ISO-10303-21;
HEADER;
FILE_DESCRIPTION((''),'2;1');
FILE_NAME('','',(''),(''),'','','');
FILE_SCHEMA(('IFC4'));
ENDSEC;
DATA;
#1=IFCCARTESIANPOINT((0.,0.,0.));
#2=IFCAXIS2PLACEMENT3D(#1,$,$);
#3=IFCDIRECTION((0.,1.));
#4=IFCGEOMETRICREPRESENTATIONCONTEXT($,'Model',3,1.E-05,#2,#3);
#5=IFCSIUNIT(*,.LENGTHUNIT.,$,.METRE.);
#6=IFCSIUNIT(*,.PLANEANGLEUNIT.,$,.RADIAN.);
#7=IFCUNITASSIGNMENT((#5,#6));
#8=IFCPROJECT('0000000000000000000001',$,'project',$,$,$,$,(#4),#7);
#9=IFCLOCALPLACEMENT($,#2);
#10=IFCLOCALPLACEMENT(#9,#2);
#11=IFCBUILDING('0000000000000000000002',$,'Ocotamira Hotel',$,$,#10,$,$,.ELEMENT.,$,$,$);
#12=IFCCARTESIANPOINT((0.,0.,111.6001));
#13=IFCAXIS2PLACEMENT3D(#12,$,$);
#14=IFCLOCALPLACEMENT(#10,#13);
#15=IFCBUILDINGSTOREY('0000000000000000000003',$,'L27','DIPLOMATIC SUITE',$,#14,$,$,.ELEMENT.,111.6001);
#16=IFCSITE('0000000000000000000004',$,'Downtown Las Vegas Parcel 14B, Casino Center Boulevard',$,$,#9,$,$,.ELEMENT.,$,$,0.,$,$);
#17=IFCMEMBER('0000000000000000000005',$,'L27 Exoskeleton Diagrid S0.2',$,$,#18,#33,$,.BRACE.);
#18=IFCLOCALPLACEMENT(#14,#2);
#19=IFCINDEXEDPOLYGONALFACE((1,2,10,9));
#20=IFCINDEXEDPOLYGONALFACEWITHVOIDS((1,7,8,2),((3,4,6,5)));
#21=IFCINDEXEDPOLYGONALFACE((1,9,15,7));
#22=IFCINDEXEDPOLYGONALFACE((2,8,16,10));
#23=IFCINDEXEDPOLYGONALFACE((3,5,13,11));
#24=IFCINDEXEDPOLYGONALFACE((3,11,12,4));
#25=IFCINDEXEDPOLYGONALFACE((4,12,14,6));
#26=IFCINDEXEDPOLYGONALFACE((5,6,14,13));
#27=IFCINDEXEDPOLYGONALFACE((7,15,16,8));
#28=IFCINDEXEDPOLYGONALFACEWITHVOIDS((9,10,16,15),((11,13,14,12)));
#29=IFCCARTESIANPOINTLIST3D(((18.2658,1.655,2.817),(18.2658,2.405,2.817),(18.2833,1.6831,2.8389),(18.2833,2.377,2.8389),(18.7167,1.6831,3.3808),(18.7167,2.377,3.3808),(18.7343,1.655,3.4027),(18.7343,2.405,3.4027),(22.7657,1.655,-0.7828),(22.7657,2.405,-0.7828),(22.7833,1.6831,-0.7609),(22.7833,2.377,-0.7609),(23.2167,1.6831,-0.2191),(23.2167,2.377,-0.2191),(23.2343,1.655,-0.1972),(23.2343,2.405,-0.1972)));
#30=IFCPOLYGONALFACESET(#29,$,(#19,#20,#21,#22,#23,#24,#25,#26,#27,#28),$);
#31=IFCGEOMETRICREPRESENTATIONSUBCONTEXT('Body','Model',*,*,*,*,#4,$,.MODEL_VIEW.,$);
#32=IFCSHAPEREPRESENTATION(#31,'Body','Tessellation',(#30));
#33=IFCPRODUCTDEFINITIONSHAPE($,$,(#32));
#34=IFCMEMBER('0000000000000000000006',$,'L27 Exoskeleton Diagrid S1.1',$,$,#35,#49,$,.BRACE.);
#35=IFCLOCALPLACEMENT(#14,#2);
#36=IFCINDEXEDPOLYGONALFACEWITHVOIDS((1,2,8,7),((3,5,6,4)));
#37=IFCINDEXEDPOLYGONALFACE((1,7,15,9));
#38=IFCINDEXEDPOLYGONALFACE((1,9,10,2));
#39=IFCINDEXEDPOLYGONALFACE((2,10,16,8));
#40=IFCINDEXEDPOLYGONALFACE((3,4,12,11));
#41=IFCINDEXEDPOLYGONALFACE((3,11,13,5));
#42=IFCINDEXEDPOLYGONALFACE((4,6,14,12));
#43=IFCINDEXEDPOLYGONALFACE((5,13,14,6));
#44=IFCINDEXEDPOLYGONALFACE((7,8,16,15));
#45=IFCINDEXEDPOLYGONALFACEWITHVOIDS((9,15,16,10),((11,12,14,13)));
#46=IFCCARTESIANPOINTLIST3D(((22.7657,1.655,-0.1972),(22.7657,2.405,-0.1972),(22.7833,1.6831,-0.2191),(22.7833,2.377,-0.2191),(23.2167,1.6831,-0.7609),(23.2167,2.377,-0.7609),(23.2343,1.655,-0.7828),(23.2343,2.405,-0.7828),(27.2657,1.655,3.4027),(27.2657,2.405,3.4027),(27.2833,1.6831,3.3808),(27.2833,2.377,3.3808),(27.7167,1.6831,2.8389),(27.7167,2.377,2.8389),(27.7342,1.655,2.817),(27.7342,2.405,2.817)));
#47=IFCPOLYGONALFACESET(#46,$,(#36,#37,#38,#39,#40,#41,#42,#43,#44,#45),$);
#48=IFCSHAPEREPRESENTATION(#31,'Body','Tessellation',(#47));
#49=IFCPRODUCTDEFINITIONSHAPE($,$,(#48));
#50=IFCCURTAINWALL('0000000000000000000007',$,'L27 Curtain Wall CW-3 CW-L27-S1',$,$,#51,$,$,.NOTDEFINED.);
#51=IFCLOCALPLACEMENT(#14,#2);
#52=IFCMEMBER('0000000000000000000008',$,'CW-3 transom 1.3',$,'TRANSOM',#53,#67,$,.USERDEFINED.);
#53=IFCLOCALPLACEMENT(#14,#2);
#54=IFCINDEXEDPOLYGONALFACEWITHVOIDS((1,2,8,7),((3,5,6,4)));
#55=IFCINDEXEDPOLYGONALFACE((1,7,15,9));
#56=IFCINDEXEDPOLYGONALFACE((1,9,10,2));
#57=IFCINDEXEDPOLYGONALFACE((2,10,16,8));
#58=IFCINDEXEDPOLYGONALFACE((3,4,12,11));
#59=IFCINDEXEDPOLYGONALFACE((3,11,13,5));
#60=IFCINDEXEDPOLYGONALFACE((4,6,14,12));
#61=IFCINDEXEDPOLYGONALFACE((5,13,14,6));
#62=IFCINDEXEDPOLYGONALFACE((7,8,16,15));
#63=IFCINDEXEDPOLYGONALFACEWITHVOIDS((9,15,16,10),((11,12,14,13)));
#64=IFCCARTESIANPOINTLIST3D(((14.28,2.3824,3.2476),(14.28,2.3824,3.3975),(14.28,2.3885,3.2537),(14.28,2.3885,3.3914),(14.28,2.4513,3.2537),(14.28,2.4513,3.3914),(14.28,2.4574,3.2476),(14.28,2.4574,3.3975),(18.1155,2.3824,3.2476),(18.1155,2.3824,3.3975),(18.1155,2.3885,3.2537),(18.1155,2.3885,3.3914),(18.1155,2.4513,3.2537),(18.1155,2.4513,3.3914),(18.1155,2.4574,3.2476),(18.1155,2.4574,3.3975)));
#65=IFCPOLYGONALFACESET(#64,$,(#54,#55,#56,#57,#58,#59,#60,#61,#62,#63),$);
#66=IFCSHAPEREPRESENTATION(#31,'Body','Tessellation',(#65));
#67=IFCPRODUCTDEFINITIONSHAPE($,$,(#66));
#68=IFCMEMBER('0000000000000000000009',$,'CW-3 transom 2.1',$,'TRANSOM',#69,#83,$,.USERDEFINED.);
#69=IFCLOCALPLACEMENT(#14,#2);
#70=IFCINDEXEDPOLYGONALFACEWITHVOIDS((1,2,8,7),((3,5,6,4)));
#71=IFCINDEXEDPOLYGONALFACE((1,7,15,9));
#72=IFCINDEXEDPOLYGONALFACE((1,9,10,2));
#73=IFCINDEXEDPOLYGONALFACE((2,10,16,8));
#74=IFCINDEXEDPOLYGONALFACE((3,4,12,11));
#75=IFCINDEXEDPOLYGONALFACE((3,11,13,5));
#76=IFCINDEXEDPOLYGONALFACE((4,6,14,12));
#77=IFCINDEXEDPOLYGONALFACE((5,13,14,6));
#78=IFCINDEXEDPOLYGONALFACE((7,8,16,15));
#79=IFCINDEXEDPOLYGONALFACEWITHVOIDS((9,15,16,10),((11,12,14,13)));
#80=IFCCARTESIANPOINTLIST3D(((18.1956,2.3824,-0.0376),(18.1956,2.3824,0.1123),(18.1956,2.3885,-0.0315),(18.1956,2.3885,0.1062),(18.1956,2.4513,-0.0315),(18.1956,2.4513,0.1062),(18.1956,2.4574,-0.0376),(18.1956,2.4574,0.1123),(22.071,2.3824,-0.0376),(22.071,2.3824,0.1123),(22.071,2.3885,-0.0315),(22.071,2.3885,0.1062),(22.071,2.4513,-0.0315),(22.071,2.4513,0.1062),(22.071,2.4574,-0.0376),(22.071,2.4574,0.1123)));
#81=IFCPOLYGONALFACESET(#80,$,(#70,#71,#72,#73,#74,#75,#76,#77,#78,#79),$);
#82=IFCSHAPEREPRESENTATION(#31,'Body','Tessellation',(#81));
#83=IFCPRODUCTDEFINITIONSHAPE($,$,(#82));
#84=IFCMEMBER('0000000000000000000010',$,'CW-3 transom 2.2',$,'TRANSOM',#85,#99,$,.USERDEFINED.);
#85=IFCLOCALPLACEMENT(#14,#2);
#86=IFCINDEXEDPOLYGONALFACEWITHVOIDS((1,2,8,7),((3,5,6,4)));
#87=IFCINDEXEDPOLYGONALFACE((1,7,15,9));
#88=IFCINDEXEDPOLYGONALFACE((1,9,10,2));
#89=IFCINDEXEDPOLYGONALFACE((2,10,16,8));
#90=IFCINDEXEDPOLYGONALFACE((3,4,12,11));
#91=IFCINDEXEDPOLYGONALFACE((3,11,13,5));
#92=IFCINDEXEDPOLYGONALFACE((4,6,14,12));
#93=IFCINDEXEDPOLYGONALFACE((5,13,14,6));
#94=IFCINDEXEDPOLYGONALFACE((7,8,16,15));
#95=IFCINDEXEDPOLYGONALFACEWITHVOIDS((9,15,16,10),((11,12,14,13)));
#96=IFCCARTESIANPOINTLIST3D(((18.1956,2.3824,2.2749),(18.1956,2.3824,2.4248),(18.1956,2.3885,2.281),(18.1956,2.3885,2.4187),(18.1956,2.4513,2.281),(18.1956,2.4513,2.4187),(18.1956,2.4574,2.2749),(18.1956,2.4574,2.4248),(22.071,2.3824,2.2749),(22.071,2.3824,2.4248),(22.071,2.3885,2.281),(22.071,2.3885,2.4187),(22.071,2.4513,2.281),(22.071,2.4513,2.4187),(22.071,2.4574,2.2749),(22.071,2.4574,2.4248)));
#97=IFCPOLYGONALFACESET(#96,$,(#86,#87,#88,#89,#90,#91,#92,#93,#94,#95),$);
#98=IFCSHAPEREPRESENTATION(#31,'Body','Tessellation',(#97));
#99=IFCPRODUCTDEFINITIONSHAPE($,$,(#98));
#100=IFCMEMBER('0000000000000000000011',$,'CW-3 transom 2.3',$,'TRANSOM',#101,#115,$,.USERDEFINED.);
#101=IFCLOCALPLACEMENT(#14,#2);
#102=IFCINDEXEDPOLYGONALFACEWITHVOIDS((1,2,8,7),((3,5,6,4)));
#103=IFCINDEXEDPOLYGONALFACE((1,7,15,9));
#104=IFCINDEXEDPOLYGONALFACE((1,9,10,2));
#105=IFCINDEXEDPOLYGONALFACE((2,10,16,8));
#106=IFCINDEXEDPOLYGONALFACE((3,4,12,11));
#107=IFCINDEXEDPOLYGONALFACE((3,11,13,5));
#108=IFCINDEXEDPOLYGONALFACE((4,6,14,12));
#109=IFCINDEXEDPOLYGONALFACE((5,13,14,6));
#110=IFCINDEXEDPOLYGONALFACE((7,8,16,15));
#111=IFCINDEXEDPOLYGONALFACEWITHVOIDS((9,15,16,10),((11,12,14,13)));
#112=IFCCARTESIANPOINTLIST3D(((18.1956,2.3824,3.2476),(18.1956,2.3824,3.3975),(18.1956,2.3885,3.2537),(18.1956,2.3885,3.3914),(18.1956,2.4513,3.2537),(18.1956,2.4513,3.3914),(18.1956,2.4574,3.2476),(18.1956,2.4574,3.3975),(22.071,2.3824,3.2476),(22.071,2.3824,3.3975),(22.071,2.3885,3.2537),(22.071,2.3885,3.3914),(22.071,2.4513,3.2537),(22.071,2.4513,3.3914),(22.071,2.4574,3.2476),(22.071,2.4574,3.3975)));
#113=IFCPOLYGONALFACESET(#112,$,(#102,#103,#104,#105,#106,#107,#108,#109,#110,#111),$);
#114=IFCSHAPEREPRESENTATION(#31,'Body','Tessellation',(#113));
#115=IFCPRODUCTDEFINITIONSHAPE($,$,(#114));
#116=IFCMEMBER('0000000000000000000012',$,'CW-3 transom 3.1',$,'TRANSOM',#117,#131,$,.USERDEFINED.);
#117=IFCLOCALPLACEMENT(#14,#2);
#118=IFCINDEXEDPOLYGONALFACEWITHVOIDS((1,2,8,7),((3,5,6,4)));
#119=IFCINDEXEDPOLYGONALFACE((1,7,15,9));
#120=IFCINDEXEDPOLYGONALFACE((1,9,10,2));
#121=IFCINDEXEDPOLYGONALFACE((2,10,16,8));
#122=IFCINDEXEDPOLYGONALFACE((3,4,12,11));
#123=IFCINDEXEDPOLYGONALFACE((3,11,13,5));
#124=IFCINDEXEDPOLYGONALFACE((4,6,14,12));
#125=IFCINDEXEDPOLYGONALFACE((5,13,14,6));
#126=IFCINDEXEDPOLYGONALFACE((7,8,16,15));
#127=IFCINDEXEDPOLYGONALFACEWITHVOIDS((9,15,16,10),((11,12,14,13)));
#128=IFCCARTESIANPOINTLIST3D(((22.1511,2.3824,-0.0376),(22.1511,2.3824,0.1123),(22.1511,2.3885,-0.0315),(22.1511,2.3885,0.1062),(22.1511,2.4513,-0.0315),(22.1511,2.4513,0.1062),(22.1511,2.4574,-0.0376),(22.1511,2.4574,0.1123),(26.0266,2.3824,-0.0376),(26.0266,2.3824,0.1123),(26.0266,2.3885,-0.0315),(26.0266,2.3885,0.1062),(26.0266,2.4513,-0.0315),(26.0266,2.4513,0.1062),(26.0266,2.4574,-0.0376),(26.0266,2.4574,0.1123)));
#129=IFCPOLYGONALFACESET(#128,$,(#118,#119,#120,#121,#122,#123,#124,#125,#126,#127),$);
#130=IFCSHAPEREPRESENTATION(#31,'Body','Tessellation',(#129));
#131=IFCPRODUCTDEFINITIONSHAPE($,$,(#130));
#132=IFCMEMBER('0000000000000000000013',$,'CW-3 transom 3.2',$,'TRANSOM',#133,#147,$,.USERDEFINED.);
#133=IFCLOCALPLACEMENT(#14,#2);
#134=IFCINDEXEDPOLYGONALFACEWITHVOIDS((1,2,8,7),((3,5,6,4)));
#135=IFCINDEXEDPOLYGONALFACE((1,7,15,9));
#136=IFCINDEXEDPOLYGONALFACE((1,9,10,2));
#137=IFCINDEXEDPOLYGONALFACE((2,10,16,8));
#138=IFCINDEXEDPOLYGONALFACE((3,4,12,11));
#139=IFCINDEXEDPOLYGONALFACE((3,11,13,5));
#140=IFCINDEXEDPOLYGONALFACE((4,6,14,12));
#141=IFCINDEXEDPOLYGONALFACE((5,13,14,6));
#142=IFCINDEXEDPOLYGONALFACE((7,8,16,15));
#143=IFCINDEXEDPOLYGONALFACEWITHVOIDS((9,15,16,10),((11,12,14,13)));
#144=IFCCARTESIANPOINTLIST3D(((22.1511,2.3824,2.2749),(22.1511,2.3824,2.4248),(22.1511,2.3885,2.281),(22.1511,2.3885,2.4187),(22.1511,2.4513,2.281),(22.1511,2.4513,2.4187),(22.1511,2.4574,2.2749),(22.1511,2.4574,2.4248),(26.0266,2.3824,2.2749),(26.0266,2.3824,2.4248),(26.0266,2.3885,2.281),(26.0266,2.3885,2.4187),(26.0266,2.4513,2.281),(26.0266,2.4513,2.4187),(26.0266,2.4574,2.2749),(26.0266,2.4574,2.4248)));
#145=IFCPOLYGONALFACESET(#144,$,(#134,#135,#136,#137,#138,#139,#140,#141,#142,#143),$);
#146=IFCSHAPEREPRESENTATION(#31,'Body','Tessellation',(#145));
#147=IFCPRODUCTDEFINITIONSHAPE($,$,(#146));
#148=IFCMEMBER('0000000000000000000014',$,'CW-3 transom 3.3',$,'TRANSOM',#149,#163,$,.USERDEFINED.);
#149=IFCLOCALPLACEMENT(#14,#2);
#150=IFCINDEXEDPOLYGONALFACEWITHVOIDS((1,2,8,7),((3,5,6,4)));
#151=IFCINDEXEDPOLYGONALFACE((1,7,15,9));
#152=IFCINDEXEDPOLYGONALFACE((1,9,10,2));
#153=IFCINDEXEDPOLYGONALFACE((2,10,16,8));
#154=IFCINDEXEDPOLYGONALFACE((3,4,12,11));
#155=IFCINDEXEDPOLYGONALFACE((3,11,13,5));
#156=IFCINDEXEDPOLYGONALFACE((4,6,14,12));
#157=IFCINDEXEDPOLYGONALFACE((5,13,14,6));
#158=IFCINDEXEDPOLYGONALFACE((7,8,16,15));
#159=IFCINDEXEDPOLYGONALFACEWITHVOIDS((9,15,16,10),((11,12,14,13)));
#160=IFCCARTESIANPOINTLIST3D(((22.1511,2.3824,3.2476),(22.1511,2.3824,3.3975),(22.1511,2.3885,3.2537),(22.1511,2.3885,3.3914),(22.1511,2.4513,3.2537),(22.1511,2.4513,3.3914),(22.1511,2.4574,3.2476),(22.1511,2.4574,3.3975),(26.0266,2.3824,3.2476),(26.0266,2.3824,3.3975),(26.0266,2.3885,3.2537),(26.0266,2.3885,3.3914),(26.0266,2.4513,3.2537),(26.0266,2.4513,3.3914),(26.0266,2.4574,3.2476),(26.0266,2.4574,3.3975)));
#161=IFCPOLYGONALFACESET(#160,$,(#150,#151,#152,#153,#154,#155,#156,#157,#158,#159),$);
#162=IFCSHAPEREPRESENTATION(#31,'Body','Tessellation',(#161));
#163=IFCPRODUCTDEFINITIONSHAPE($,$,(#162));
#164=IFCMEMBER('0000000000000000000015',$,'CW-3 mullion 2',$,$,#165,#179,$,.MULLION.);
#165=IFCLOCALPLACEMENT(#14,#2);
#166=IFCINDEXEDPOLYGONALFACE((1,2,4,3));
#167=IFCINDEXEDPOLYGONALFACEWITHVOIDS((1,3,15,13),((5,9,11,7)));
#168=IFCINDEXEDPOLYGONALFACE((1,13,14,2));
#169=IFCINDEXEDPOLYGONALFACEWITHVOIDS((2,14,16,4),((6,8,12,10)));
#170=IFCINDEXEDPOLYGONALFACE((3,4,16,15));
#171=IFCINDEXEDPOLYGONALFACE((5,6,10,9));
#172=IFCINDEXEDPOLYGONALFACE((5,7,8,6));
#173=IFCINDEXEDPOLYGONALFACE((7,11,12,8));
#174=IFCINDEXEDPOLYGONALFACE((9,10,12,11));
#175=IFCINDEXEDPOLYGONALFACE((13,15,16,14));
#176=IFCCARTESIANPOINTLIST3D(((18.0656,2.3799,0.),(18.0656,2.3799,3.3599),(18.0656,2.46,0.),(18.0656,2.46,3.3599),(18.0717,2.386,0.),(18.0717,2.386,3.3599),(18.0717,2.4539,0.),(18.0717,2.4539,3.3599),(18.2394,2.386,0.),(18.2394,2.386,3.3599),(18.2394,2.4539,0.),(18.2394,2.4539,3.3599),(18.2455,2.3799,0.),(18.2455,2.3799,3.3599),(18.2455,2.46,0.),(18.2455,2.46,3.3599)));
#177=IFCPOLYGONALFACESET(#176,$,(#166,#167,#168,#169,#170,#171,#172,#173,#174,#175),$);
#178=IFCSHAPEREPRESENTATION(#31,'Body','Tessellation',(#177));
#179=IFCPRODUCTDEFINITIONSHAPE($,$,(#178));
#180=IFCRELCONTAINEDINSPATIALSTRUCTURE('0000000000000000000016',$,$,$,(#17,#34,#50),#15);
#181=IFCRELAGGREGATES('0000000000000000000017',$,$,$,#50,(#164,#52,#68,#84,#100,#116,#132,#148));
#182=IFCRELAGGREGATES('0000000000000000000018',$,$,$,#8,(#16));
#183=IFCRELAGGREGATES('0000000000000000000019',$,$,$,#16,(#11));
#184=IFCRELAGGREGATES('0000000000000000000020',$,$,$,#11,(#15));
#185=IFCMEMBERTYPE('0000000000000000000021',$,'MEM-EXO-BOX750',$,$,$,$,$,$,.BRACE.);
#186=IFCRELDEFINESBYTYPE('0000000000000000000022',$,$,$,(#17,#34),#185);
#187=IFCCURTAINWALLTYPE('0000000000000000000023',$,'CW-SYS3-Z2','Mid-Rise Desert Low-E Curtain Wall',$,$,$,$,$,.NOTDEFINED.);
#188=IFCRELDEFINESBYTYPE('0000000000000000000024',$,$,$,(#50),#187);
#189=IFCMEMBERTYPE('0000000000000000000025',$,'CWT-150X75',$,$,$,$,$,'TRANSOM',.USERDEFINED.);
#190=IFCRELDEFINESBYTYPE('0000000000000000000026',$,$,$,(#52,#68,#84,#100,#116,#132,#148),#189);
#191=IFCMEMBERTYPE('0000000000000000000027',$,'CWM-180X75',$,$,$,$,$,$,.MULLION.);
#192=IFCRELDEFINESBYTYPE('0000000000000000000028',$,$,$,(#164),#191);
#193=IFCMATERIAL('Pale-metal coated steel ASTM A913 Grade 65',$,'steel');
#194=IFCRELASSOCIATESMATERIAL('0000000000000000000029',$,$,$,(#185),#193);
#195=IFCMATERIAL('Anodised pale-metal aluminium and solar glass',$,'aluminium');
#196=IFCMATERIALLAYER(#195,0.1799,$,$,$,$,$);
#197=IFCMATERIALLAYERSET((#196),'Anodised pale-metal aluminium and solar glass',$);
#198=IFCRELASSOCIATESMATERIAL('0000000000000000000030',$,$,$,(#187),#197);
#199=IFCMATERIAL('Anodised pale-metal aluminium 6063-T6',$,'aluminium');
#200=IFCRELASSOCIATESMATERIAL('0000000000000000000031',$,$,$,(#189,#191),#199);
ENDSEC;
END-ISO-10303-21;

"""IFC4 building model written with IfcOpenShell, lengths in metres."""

from ifc_helpers import new_model, si_unit, direction, frame, origin, origin_2d, place, context, subcontext, project, spatial, hollow_rectangle, extrude, source, transform, mapped, material, layer, layer_set, material_profile, profile_set, type_object, element, aggregate, save


model = new_model("IFC4")

# Units and contexts
model_context = context("Model", 3, precision=1e-05, world=origin(), true_north=direction((0.0, 1.0)))
body_context = subcontext(model_context, "Body", "Model", "MODEL_VIEW")
ifc_project = project(units=[si_unit("LENGTHUNIT", "METRE"), si_unit("PLANEANGLEUNIT", "RADIAN")], contexts=[model_context])

# Site, building, storey
site_placement = place(None, origin())
site = spatial("IfcSite", under=ifc_project, at=site_placement, Name="Downtown Las Vegas Parcel 14B, Casino Center Boulevard", CompositionType="ELEMENT", RefElevation=0.0)
building_placement = place(site_placement, origin())
building = spatial("IfcBuilding", under=site, at=building_placement, Name="Ocotamira Hotel", CompositionType="ELEMENT")
storey_placement = place(building_placement, frame((0.0, 0.0, 111.6001)))
storey = spatial("IfcBuildingStorey", under=building, at=storey_placement, Name="L27", Description="DIPLOMATIC SUITE", CompositionType="ELEMENT", Elevation=111.6001)

# Members
ifc_material_1 = material(Name="Pale-metal coated steel ASTM A913 Grade 65", Category="steel")
ifc_material_profile_1 = material_profile(ifc_material_1, hollow_rectangle(XDim=0.75, YDim=0.75, WallThickness=0.0281, at=origin_2d()), Name="BOX750X750X28")
ifc_profile_set_1 = profile_set([ifc_material_profile_1], Name="Pale-metal coated steel ASTM A913 Grade 65")
member_type_1 = type_object("IfcMemberType", Name="MEM-EXO-BOX750", PredefinedType="BRACE", material=ifc_profile_set_1)
shared_shape_1 = source(origin(), body_context, "Body", "SweptSolid", [
    extrude(hollow_rectangle(XDim=0.75, YDim=0.75, WallThickness=0.0281, at=origin_2d()), origin(), (0.0, 0.0, 1.0), 5.7627),
])
for number, where, z_axis, x_axis, name in (
    (1, (23.0, 2.03, -0.49), (-0.780881, 0.0, 0.62468), (0.0, -1.0, 0.0), "L27 Exoskeleton Diagrid S0.2"),
    (2, (23.0, 2.03, -0.49), (0.780881, 0.0, 0.62468), (0.0, 1.0, 0.0), "L27 Exoskeleton Diagrid S1.1"),
):
    element("IfcMember", number, at=place(storey_placement, frame(where, z_axis=z_axis, x_axis=x_axis)), inside=storey, type_object=member_type_1, Name=name, PredefinedType="BRACE", context=body_context, shape_type="MappedRepresentation", body=[
        mapped(shared_shape_1, transform((0.0, 0.0, 0.0), scale=1.0)),
    ])

# Curtain wall, members
ifc_material_2 = material(Name="Anodised pale-metal aluminium and solar glass", Category="aluminium")
ifc_layer_1 = layer(ifc_material_2, 0.1799)
ifc_layer_set_1 = layer_set([ifc_layer_1], Name="Anodised pale-metal aluminium and solar glass")
curtain_wall_type = type_object("IfcCurtainWallType", Name="CW-SYS3-Z2", Description="Mid-Rise Desert Low-E Curtain Wall", PredefinedType="NOTDEFINED", material=ifc_layer_set_1)
curtain_wall_placement = place(storey_placement, origin())
curtain_wall = element("IfcCurtainWall", 3, at=curtain_wall_placement, inside=storey, type_object=curtain_wall_type, Name="L27 Curtain Wall CW-3 CW-L27-S1", PredefinedType="NOTDEFINED")
ifc_material_3 = material(Name="Anodised pale-metal aluminium 6063-T6", Category="aluminium")
ifc_material_profile_2 = material_profile(ifc_material_3, hollow_rectangle(XDim=0.075, YDim=0.1499, WallThickness=0.0061, at=origin_2d()), Name="HSS150X75X6")
ifc_profile_set_2 = profile_set([ifc_material_profile_2], Name="Anodised pale-metal aluminium 6063-T6")
member_type_2 = type_object("IfcMemberType", Name="CWT-150X75", ElementType="TRANSOM", PredefinedType="USERDEFINED", material=ifc_profile_set_2)
shared_shape_2 = source(origin(), body_context, "Body", "SweptSolid", [
    extrude(hollow_rectangle(XDim=0.075, YDim=0.1499, WallThickness=0.0061, at=origin_2d()), origin(), (0.0, 0.0, 1.0), 3.8354),
])
member_1_placement = place(storey_placement, frame((14.28, 2.4199, 3.3225), z_axis=(1.0, 0.0, 0.0), x_axis=(0.0, 1.0, 0.0)))
member_1 = element("IfcMember", 4, at=member_1_placement, type_object=member_type_2, Name="CW-3 transom 1.3", ObjectType="TRANSOM", PredefinedType="USERDEFINED", context=body_context, shape_type="MappedRepresentation", body=[
    mapped(shared_shape_2, transform((0.0, 0.0, 0.0), scale=1.0)),
])
shared_shape_3 = source(origin(), body_context, "Body", "SweptSolid", [
    extrude(hollow_rectangle(XDim=0.075, YDim=0.1499, WallThickness=0.0061, at=origin_2d()), origin(), (0.0, 0.0, 1.0), 3.8755),
])
member_2_placement = place(storey_placement, frame((18.1956, 2.4199, 0.0374), z_axis=(1.0, 0.0, 0.0), x_axis=(0.0, 1.0, 0.0)))
member_2 = element("IfcMember", 5, at=member_2_placement, type_object=member_type_2, Name="CW-3 transom 2.1", ObjectType="TRANSOM", PredefinedType="USERDEFINED", context=body_context, shape_type="MappedRepresentation", body=[
    mapped(shared_shape_3, transform((0.0, 0.0, 0.0), scale=1.0)),
])
member_3_placement = place(storey_placement, frame((18.1956, 2.4199, 2.3499), z_axis=(1.0, 0.0, 0.0), x_axis=(0.0, 1.0, 0.0)))
member_3 = element("IfcMember", 6, at=member_3_placement, type_object=member_type_2, Name="CW-3 transom 2.2", ObjectType="TRANSOM", PredefinedType="USERDEFINED", context=body_context, shape_type="MappedRepresentation", body=[
    mapped(shared_shape_3, transform((0.0, 0.0, 0.0), scale=1.0)),
])
member_4_placement = place(storey_placement, frame((18.1956, 2.4199, 3.3225), z_axis=(1.0, 0.0, 0.0), x_axis=(0.0, 1.0, 0.0)))
member_4 = element("IfcMember", 7, at=member_4_placement, type_object=member_type_2, Name="CW-3 transom 2.3", ObjectType="TRANSOM", PredefinedType="USERDEFINED", context=body_context, shape_type="MappedRepresentation", body=[
    mapped(shared_shape_3, transform((0.0, 0.0, 0.0), scale=1.0)),
])
member_5_placement = place(storey_placement, frame((22.1511, 2.4199, 0.0374), z_axis=(1.0, 0.0, 0.0), x_axis=(0.0, 1.0, 0.0)))
member_5 = element("IfcMember", 8, at=member_5_placement, type_object=member_type_2, Name="CW-3 transom 3.1", ObjectType="TRANSOM", PredefinedType="USERDEFINED", context=body_context, shape_type="MappedRepresentation", body=[
    mapped(shared_shape_3, transform((0.0, 0.0, 0.0), scale=1.0)),
])
member_6_placement = place(storey_placement, frame((22.1511, 2.4199, 2.3499), z_axis=(1.0, 0.0, 0.0), x_axis=(0.0, 1.0, 0.0)))
member_6 = element("IfcMember", 9, at=member_6_placement, type_object=member_type_2, Name="CW-3 transom 3.2", ObjectType="TRANSOM", PredefinedType="USERDEFINED", context=body_context, shape_type="MappedRepresentation", body=[
    mapped(shared_shape_3, transform((0.0, 0.0, 0.0), scale=1.0)),
])
member_7_placement = place(storey_placement, frame((22.1511, 2.4199, 3.3225), z_axis=(1.0, 0.0, 0.0), x_axis=(0.0, 1.0, 0.0)))
member_7 = element("IfcMember", 10, at=member_7_placement, type_object=member_type_2, Name="CW-3 transom 3.3", ObjectType="TRANSOM", PredefinedType="USERDEFINED", context=body_context, shape_type="MappedRepresentation", body=[
    mapped(shared_shape_3, transform((0.0, 0.0, 0.0), scale=1.0)),
])
ifc_material_profile_3 = material_profile(ifc_material_3, hollow_rectangle(XDim=0.0801, YDim=0.1799, WallThickness=0.0061, at=origin_2d()), Name="HSS180X80X6")
ifc_profile_set_3 = profile_set([ifc_material_profile_3], Name="Anodised pale-metal aluminium 6063-T6")
member_type_3 = type_object("IfcMemberType", Name="CWM-180X75", PredefinedType="MULLION", material=ifc_profile_set_3)
shared_shape_4 = source(origin(), body_context, "Body", "SweptSolid", [
    extrude(hollow_rectangle(XDim=0.0801, YDim=0.1799, WallThickness=0.0061, at=origin_2d()), origin(), (0.0, 0.0, 1.0), 3.3599),
])
member_8_placement = place(storey_placement, frame((18.1555, 2.4199, 0.0), z_axis=(0.0, 0.0, 1.0), x_axis=(0.0, 1.0, 0.0)))
member_8 = element("IfcMember", 11, at=member_8_placement, type_object=member_type_3, Name="CW-3 mullion 2", PredefinedType="MULLION", context=body_context, shape_type="MappedRepresentation", body=[
    mapped(shared_shape_4, transform((0.0, 0.0, 0.0), scale=1.0)),
])

aggregate(curtain_wall, [member_8, member_1, member_2, member_3, member_4, member_5, member_6, member_7])

save(model, "model.ifc")
